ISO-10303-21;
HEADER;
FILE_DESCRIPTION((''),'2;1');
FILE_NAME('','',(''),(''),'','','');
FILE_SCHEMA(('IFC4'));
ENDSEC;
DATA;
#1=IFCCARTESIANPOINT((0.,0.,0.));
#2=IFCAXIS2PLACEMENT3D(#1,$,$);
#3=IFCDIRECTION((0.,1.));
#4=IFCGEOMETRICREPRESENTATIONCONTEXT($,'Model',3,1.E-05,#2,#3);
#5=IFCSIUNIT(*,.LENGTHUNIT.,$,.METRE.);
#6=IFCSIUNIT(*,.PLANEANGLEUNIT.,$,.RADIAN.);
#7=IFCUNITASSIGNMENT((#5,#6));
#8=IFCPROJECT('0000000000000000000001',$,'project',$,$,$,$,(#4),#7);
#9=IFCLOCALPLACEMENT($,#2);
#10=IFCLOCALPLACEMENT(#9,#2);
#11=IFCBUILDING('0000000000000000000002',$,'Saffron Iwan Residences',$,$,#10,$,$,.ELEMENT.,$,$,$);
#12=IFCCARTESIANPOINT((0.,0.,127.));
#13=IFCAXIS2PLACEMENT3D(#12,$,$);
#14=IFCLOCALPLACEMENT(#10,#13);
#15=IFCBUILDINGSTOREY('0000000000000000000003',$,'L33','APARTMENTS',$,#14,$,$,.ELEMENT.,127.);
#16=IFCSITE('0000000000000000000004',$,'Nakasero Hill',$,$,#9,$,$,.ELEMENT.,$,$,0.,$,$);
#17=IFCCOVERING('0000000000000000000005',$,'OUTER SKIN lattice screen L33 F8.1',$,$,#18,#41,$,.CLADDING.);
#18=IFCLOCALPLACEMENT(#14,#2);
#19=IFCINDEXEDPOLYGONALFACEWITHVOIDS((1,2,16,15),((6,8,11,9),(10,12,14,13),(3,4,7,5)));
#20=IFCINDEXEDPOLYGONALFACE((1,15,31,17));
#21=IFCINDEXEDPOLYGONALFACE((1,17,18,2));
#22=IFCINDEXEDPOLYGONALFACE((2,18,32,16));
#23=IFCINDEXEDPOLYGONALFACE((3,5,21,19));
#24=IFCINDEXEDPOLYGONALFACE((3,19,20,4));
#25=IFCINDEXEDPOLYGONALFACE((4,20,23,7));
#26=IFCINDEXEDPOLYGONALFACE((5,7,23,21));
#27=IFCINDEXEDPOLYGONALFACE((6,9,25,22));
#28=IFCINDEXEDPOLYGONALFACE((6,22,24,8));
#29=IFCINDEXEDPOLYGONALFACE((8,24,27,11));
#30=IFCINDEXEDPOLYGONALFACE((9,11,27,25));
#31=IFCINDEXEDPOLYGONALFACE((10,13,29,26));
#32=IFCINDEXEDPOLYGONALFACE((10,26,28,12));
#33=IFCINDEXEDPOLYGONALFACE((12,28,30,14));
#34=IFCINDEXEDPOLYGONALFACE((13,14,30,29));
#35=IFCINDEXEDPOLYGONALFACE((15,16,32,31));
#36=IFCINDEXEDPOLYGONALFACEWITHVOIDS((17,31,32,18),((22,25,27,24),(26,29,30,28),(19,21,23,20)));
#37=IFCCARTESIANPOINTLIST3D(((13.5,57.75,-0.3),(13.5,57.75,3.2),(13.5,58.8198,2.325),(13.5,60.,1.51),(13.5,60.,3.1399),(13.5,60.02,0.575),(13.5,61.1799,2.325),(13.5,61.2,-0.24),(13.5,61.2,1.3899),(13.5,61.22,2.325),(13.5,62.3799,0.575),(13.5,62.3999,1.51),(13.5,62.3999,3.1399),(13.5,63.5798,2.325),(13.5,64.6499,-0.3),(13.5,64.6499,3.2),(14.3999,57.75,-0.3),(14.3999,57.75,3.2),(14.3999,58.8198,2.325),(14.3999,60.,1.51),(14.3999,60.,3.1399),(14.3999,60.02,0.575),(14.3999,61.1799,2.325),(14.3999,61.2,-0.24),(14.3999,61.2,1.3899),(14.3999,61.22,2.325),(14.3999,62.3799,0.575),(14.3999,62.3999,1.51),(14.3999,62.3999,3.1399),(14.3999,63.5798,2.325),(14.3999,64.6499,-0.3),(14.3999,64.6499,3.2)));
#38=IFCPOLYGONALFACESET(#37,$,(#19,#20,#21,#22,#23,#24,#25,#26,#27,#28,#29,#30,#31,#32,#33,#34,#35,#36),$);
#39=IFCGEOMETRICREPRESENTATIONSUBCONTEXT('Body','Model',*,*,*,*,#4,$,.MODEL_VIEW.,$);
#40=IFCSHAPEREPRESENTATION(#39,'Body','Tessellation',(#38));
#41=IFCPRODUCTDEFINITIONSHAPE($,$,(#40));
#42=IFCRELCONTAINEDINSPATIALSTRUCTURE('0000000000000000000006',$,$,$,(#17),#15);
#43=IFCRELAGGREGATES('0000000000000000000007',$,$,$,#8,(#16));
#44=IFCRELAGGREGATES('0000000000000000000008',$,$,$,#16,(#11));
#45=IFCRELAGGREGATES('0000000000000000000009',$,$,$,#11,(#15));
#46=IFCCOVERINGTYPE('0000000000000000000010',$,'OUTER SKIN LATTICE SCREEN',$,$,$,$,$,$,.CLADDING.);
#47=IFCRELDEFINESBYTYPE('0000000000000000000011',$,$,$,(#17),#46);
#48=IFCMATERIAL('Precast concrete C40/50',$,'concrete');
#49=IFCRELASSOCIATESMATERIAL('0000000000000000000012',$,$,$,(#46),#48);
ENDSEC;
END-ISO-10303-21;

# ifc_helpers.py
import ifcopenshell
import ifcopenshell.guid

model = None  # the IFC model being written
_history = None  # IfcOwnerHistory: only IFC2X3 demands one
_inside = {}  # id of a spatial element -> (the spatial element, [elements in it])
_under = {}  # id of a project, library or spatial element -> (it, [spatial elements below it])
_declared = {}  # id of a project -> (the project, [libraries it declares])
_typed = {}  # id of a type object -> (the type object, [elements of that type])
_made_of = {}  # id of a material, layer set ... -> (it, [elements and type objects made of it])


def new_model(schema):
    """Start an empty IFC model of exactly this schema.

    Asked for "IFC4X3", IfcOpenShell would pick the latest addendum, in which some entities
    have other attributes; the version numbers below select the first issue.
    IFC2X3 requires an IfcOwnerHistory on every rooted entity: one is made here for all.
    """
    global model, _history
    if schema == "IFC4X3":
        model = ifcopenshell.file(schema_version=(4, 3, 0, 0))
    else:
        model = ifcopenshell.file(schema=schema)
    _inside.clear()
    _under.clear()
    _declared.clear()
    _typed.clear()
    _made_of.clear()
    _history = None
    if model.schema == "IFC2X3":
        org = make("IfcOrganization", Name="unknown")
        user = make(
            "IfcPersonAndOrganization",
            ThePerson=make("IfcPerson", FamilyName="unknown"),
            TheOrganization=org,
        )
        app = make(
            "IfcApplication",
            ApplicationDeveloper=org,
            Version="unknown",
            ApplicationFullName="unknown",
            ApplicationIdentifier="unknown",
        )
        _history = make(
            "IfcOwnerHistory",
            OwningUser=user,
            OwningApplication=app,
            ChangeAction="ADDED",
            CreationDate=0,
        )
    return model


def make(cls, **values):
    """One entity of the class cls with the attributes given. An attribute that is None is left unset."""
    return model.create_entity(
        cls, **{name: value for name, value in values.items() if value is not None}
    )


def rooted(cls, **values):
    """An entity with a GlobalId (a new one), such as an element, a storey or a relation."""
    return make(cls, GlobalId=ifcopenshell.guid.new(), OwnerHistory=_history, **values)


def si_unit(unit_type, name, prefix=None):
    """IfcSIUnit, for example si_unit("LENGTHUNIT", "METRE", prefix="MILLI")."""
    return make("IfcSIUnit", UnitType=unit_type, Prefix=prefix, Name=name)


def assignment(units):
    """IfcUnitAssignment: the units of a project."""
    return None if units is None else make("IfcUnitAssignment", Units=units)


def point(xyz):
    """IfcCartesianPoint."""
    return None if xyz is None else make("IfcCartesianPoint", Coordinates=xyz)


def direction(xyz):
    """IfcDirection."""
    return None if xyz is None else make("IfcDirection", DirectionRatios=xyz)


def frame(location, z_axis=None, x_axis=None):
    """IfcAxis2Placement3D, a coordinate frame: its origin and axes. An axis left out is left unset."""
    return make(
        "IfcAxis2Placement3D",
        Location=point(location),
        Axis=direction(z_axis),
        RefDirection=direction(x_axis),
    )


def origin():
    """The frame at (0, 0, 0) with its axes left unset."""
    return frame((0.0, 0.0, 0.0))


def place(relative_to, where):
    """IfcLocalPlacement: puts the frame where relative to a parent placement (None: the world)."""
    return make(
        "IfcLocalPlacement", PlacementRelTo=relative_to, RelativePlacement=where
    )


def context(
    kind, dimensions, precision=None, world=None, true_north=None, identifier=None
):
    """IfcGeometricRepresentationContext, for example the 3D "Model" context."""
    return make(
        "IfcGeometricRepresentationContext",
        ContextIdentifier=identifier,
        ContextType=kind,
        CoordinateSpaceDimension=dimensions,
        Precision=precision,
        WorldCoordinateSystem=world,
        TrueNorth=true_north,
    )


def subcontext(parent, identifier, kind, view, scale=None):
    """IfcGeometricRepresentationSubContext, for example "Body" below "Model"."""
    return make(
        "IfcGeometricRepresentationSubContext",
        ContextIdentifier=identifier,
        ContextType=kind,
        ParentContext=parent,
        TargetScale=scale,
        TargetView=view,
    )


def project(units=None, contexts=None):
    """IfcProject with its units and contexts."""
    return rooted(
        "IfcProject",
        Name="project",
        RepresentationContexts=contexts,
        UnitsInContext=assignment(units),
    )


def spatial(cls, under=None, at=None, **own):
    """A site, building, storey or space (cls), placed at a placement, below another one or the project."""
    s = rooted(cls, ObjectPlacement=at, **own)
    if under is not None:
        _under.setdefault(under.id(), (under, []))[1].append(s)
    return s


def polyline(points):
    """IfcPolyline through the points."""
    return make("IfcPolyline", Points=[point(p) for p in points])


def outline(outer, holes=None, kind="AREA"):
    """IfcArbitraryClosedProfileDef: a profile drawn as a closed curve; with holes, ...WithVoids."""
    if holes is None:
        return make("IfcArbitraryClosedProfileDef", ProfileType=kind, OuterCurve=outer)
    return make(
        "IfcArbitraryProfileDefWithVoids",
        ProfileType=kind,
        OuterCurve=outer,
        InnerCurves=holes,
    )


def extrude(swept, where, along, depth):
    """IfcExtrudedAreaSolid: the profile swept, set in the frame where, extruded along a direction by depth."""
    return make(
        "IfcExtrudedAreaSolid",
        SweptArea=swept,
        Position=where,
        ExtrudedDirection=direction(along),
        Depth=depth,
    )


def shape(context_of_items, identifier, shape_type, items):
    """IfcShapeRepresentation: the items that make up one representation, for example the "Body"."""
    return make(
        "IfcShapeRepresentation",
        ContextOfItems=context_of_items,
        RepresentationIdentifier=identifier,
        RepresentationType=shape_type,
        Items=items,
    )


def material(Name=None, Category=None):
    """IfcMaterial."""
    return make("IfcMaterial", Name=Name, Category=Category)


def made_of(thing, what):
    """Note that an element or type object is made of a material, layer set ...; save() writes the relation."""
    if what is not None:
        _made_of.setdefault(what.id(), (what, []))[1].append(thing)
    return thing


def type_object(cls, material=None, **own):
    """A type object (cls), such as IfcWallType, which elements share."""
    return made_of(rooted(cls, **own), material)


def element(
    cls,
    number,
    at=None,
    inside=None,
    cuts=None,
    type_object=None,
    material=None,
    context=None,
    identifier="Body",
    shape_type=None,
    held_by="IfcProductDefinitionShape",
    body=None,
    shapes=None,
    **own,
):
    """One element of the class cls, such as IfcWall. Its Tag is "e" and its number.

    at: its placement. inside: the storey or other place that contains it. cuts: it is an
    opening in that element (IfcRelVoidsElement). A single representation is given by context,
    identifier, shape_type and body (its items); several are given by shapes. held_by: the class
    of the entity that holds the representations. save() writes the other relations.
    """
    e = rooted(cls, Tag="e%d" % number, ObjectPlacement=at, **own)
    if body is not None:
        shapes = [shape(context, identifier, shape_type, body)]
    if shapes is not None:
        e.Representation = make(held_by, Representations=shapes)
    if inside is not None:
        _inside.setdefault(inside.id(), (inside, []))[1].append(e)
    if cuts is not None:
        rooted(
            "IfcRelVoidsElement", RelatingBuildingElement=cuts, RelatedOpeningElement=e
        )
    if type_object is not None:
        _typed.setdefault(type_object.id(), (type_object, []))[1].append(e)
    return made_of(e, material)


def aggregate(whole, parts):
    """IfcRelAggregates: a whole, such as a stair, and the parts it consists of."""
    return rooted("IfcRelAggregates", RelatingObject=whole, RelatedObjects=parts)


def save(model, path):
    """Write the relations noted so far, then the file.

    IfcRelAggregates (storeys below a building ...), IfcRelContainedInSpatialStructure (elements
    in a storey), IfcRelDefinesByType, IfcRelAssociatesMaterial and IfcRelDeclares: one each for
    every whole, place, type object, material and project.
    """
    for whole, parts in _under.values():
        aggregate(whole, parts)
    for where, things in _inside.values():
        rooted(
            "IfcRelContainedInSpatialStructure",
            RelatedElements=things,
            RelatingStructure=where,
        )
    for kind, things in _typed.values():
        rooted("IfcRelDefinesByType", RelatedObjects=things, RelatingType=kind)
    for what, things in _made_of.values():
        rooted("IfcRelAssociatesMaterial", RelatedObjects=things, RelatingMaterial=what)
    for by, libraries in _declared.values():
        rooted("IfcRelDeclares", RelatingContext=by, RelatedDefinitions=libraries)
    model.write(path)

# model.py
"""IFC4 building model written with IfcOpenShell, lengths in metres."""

from ifc_helpers import new_model, si_unit, direction, frame, origin, place, context, subcontext, project, spatial, polyline, outline, extrude, material, type_object, element, save


model = new_model("IFC4")

# Units and contexts
model_context = context("Model", 3, precision=1e-05, world=origin(), true_north=direction((0.0, 1.0)))
body_context = subcontext(model_context, "Body", "Model", "MODEL_VIEW")
ifc_project = project(units=[si_unit("LENGTHUNIT", "METRE"), si_unit("PLANEANGLEUNIT", "RADIAN")], contexts=[model_context])

# Site, building, storey
site_placement = place(None, origin())
site = spatial("IfcSite", under=ifc_project, at=site_placement, Name="Nakasero Hill", CompositionType="ELEMENT", RefElevation=0.0)
building_placement = place(site_placement, origin())
building = spatial("IfcBuilding", under=site, at=building_placement, Name="Saffron Iwan Residences", CompositionType="ELEMENT")
storey_placement = place(building_placement, frame((0.0, 0.0, 127.0)))
storey = spatial("IfcBuildingStorey", under=building, at=storey_placement, Name="L33", Description="APARTMENTS", CompositionType="ELEMENT", Elevation=127.0)

# Covering
ifc_material_1 = material(Name="Precast concrete C40/50", Category="concrete")
covering_type = type_object("IfcCoveringType", Name="OUTER SKIN LATTICE SCREEN", PredefinedType="CLADDING", material=ifc_material_1)
covering_placement = place(storey_placement, frame((14.3999, 64.6499, -0.3), z_axis=(-1.0, 0.0, 0.0), x_axis=(0.0, -1.0, 0.0)))
element("IfcCovering", 1, at=covering_placement, inside=storey, type_object=covering_type, Name="OUTER SKIN lattice screen L33 F8.1", PredefinedType="CLADDING", context=body_context, shape_type="SweptSolid", body=[
    extrude(outline(polyline([(0.0, 0.0), (6.8999, 0.0), (6.8999, 3.5), (0.0, 3.5), (0.0, 0.0)]), holes=[polyline([(2.27, 0.875), (3.45, 0.0601), (4.6299, 0.875), (3.45, 1.6899), (2.27, 0.875)]), polyline([(1.0701, 2.625), (2.25, 1.8101), (3.4299, 2.625), (2.25, 3.4399), (1.0701, 2.625)]), polyline([(3.47, 2.625), (4.6499, 1.8101), (5.8301, 2.625), (4.6499, 3.4399), (3.47, 2.625)])]), origin(), (0.0, 0.0, 1.0), 0.8999),
])

save(model, "model.ifc")
